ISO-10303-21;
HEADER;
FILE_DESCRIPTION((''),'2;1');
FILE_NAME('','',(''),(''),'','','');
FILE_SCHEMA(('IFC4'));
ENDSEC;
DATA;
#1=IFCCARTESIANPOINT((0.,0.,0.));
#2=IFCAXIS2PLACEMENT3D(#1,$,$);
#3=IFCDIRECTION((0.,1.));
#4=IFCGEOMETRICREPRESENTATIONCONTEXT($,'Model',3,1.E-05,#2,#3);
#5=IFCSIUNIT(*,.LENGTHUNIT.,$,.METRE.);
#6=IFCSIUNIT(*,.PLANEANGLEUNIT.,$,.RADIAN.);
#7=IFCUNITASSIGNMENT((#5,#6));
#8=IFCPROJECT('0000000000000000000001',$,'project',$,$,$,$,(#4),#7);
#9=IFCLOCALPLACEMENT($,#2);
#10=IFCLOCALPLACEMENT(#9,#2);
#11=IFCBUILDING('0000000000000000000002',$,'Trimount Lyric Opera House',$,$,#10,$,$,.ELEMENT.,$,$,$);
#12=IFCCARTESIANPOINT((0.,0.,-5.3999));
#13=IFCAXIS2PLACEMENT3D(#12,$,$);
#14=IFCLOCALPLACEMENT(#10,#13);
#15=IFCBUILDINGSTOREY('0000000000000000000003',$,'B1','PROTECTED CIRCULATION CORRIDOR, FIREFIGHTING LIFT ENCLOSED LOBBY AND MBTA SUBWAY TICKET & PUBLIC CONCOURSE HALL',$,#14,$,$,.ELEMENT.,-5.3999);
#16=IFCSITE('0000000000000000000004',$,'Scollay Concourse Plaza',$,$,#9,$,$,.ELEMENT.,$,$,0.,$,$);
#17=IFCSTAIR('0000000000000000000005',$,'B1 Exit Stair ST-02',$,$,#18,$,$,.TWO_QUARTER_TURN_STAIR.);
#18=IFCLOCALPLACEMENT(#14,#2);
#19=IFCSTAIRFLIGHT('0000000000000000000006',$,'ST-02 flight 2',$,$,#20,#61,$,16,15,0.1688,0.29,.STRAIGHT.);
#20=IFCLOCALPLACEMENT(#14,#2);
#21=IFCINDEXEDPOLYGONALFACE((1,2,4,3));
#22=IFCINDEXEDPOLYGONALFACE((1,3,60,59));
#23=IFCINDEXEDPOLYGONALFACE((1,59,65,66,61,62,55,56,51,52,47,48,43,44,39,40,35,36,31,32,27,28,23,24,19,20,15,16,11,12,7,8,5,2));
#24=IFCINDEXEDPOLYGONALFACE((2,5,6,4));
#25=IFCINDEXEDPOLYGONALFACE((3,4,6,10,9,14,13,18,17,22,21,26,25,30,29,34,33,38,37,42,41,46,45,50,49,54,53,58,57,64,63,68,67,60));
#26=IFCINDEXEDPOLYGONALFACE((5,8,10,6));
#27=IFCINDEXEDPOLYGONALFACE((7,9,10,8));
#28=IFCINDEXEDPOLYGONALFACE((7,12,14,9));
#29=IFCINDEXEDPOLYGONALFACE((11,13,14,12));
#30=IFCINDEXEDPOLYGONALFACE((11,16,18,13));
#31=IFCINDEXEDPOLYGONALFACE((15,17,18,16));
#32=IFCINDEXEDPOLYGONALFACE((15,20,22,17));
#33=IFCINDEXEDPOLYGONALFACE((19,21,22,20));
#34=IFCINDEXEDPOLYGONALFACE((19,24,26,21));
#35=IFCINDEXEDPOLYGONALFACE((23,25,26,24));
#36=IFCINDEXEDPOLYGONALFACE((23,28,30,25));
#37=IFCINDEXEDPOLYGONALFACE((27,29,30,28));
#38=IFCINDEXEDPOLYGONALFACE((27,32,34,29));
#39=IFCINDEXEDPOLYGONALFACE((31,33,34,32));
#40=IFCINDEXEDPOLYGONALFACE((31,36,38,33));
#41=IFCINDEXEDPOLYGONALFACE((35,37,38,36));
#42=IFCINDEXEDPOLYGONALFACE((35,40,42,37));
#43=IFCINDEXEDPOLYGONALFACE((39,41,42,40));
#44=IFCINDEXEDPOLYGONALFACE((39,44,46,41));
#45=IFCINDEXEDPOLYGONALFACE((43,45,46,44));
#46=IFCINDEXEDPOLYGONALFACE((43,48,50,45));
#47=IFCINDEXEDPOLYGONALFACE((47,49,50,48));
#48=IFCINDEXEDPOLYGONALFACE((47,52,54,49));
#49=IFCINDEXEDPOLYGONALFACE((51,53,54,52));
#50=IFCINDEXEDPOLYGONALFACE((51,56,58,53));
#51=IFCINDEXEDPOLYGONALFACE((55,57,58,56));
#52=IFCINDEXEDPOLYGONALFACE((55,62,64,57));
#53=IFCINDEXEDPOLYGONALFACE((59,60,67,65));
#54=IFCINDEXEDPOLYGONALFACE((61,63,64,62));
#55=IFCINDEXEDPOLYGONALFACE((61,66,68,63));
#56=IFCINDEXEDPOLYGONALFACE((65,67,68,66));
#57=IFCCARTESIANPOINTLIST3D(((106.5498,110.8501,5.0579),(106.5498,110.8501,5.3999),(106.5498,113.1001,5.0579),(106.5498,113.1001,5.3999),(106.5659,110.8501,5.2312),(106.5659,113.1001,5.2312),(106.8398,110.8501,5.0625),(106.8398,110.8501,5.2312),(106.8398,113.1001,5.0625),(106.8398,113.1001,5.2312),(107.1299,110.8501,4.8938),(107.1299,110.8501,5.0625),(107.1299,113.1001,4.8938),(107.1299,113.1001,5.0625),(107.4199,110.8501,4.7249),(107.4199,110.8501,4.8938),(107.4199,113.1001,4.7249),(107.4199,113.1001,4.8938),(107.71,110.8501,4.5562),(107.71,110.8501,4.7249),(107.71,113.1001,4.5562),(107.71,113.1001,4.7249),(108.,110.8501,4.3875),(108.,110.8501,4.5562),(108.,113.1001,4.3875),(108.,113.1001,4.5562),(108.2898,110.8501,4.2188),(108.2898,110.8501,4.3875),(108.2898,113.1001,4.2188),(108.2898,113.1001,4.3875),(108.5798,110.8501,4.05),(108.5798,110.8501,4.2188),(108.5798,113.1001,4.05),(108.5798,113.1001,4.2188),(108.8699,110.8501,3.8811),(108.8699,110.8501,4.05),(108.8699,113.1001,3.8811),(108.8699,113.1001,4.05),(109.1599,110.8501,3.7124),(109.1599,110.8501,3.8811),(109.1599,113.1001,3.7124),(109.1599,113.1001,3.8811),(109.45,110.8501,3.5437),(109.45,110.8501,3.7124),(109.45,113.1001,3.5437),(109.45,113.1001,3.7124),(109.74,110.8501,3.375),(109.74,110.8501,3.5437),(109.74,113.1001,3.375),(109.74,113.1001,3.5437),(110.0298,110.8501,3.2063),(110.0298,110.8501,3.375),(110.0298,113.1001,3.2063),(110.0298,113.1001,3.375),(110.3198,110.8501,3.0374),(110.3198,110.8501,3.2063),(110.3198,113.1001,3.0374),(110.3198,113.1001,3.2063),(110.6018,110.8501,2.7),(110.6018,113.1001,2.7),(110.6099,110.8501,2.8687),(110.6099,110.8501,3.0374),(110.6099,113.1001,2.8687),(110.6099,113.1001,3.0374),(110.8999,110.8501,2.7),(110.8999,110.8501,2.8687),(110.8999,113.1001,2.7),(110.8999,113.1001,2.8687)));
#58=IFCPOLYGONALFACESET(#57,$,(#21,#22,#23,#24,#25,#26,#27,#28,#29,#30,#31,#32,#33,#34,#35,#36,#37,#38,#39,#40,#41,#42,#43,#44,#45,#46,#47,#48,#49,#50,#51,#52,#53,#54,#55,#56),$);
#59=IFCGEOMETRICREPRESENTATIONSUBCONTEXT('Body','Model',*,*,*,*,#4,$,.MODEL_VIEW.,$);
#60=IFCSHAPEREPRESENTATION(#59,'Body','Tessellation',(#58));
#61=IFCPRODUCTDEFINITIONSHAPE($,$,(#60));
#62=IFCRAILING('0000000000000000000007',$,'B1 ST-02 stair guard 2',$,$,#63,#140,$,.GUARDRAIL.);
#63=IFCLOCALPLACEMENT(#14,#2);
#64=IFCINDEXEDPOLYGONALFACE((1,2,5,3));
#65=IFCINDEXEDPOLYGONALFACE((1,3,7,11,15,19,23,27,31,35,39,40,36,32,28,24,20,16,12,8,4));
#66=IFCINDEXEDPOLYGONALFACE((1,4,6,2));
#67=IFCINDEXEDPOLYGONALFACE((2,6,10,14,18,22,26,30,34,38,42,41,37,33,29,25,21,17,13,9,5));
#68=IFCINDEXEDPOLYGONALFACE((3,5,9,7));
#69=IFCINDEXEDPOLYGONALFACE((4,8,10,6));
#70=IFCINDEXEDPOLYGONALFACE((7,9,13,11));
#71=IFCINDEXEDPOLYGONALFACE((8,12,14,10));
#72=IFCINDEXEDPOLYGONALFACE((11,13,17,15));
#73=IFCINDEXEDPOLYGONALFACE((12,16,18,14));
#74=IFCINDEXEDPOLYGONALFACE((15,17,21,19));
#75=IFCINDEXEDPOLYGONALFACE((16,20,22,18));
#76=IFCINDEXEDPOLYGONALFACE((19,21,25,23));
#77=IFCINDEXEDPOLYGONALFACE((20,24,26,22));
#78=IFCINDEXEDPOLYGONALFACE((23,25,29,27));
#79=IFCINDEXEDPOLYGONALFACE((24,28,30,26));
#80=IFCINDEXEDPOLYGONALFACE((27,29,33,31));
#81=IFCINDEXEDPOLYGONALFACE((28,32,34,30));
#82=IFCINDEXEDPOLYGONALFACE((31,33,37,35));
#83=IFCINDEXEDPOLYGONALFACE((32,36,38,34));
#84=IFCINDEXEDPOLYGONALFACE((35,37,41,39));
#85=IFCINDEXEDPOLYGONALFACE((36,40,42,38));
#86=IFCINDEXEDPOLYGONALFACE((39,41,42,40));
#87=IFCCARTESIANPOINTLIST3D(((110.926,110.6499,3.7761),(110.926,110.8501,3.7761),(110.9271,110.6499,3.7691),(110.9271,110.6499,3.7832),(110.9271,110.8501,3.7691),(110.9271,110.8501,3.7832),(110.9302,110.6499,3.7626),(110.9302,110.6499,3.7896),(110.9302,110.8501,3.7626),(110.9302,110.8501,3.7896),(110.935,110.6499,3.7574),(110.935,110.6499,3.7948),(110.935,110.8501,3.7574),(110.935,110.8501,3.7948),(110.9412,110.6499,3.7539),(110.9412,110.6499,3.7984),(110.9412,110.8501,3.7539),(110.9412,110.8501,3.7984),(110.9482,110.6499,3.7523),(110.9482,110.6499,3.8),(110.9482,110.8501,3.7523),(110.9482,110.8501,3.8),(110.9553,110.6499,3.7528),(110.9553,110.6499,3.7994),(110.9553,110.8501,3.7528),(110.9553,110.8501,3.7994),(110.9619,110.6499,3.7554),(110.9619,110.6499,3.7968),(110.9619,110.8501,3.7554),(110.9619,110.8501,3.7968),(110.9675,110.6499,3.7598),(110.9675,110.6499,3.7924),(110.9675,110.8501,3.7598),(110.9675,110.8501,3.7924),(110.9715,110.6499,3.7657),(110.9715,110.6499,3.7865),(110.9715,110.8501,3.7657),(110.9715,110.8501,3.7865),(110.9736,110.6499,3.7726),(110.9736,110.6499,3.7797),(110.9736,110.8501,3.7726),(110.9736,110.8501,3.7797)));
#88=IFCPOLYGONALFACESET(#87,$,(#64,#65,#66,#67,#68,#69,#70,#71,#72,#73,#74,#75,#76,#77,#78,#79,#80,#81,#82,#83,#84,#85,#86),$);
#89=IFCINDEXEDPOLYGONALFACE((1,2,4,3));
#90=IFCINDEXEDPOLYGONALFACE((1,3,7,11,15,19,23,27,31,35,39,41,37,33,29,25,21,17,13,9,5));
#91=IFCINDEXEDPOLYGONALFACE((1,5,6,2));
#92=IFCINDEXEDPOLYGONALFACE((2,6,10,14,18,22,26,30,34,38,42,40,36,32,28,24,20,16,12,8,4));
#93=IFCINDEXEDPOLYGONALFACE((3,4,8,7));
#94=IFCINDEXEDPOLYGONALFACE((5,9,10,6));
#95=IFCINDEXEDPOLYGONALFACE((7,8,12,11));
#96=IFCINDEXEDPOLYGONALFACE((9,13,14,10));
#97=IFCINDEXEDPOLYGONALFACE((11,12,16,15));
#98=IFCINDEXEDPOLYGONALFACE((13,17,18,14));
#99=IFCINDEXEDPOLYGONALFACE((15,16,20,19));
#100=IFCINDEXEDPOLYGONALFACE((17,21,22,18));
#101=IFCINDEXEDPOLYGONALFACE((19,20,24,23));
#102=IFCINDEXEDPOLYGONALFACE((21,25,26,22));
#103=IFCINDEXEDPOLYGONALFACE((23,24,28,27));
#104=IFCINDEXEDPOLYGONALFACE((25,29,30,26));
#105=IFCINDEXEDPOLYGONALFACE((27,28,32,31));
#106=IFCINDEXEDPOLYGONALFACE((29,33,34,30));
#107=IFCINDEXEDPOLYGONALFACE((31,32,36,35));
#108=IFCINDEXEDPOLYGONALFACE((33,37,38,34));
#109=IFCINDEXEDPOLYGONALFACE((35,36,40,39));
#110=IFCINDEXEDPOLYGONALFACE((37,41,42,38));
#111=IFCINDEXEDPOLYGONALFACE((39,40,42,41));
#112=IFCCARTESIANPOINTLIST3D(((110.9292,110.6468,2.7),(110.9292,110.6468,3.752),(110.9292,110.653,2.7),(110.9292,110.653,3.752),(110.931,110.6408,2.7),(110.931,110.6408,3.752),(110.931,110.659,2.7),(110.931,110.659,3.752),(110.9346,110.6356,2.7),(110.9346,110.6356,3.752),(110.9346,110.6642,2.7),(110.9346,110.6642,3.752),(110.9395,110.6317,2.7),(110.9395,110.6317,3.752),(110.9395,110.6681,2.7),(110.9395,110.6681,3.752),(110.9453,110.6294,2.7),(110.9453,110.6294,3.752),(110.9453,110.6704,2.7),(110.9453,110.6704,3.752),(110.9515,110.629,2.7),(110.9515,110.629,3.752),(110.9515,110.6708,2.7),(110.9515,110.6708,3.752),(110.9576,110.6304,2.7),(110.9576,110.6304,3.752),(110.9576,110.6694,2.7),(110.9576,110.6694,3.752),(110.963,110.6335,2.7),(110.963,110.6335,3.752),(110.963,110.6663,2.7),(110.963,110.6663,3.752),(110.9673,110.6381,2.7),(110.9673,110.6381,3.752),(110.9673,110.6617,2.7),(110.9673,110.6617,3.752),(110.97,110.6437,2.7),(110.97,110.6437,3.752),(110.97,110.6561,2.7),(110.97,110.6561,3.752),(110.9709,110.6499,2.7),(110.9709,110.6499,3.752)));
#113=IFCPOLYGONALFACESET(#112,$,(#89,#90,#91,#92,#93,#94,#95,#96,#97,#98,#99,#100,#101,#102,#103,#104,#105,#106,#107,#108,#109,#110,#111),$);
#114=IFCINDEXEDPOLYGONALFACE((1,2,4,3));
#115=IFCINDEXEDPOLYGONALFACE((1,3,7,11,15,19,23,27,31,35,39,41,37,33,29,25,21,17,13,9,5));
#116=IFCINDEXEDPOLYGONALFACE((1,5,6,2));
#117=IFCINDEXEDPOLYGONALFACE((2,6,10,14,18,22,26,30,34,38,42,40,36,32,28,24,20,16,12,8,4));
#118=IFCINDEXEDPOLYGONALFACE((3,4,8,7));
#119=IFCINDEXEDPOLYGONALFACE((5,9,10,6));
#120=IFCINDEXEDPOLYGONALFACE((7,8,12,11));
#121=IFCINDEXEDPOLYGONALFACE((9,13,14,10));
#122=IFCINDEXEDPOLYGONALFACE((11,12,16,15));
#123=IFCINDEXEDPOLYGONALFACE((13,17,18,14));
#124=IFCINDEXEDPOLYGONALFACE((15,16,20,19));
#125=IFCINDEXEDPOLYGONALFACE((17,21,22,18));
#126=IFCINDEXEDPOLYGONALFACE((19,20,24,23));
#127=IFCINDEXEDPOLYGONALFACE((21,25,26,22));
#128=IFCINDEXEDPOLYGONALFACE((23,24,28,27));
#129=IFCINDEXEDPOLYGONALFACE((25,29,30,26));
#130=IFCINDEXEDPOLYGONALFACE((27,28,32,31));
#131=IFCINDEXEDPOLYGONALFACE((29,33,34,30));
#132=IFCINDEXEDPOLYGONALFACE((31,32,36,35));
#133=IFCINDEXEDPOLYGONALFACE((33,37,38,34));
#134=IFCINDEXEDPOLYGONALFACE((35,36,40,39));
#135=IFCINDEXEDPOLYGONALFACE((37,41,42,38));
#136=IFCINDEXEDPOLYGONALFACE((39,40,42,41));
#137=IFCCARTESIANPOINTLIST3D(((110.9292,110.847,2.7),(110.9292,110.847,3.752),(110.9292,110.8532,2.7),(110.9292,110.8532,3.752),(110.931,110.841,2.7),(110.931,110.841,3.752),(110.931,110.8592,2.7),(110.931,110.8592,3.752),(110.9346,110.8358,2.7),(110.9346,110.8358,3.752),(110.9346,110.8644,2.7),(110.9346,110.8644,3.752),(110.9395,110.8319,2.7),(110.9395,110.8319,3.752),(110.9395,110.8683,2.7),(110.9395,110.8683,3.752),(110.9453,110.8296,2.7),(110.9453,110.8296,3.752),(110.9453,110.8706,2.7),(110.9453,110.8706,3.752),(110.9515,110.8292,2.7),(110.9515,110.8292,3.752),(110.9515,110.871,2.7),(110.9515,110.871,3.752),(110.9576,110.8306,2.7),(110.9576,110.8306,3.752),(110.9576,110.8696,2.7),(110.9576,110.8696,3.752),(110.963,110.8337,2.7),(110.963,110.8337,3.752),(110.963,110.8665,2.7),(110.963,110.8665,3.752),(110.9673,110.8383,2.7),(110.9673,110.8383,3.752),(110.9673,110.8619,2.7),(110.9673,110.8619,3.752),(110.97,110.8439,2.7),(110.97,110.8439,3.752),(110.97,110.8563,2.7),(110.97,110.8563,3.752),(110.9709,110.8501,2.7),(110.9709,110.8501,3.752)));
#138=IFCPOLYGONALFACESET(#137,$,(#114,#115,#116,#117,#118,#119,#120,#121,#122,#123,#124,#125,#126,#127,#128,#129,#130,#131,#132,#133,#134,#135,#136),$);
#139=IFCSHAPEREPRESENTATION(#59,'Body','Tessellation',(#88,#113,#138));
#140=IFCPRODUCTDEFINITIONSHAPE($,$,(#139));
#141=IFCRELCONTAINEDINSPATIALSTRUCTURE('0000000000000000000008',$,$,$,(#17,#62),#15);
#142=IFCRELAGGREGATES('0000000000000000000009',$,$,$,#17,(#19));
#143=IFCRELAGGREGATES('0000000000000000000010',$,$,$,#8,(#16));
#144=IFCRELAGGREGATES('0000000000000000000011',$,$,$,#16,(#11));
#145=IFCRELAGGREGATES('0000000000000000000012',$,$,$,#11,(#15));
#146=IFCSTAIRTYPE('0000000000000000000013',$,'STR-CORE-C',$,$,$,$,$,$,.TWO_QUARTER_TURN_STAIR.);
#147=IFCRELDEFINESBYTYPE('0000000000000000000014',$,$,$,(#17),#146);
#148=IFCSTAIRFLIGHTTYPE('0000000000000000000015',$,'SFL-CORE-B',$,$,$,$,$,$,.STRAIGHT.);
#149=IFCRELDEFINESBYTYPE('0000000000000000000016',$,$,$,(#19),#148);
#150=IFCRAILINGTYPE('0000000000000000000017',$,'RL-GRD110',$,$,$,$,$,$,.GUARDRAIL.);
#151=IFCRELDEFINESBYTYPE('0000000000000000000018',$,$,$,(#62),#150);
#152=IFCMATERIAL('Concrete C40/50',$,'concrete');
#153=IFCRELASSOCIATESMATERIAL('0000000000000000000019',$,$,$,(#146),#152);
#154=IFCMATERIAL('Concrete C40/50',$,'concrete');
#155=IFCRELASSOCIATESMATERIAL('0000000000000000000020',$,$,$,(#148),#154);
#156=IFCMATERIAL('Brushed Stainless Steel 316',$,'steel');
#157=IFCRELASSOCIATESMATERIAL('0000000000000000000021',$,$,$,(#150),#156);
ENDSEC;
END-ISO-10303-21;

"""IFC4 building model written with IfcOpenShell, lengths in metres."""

from ifc_helpers import new_model, si_unit, direction, frame, origin, origin_2d, place, context, subcontext, project, spatial, polyline, circle, outline, extrude, material, type_object, element, aggregate, save


model = new_model("IFC4")

# Units and contexts
model_context = context("Model", 3, precision=1e-05, world=origin(), true_north=direction((0.0, 1.0)))
body_context = subcontext(model_context, "Body", "Model", "MODEL_VIEW")
ifc_project = project(units=[si_unit("LENGTHUNIT", "METRE"), si_unit("PLANEANGLEUNIT", "RADIAN")], contexts=[model_context])

# Site, building, storey
site_placement = place(None, origin())
site = spatial("IfcSite", under=ifc_project, at=site_placement, Name="Scollay Concourse Plaza", CompositionType="ELEMENT", RefElevation=0.0)
building_placement = place(site_placement, origin())
building = spatial("IfcBuilding", under=site, at=building_placement, Name="Trimount Lyric Opera House", CompositionType="ELEMENT")
storey_placement = place(building_placement, frame((0.0, 0.0, -5.3999)))
storey = spatial("IfcBuildingStorey", under=building, at=storey_placement, Name="B1", Description="PROTECTED CIRCULATION CORRIDOR, FIREFIGHTING LIFT ENCLOSED LOBBY AND MBTA SUBWAY TICKET & PUBLIC CONCOURSE HALL", CompositionType="ELEMENT", Elevation=-5.3999)

# Stair, stair flight
ifc_material_1 = material(Name="Concrete C40/50", Category="concrete")
stair_type = type_object("IfcStairType", Name="STR-CORE-C", PredefinedType="TWO_QUARTER_TURN_STAIR", material=ifc_material_1)
stair_placement = place(storey_placement, origin())
stair = element("IfcStair", 1, at=stair_placement, inside=storey, type_object=stair_type, Name="B1 Exit Stair ST-02", PredefinedType="TWO_QUARTER_TURN_STAIR")
ifc_material_2 = material(Name="Concrete C40/50", Category="concrete")
stair_flight_type = type_object("IfcStairFlightType", Name="SFL-CORE-B", PredefinedType="STRAIGHT", material=ifc_material_2)
stair_flight_placement = place(storey_placement, frame((110.8999, 111.9751, 2.7), z_axis=(0.0, 0.0, 1.0), x_axis=(-1.0, 0.0, 0.0)))
stair_flight = element("IfcStairFlight", 2, at=stair_flight_placement, type_object=stair_flight_type, Name="ST-02 flight 2", NumberOfRisers=16, NumberOfTreads=15, PredefinedType="STRAIGHT", RiserHeight=0.1688, TreadLength=0.29, context=body_context, shape_type="SweptSolid", body=[
    extrude(outline(polyline([(0.0, 0.0), (0.0, 0.1687), (0.29, 0.1687), (0.29, 0.3374), (0.5801, 0.3374), (0.5801, 0.5063), (0.8701, 0.5063), (0.8701, 0.675), (1.1599, 0.675), (1.1599, 0.8438), (1.45, 0.8438), (1.45, 1.0125), (1.74, 1.0125), (1.74, 1.1812), (2.03, 1.1812), (2.03, 1.3501), (2.3201, 1.3501), (2.3201, 1.5188), (2.6101, 1.5188), (2.6101, 1.6875), (2.8999, 1.6875), (2.8999, 1.8562), (3.1899, 1.8562), (3.1899, 2.0249), (3.48, 2.0249), (3.48, 2.1938), (3.77, 2.1938), (3.77, 2.3625), (4.0601, 2.3625), (4.0601, 2.5312), (4.334, 2.5312), (4.3501, 2.7), (4.3501, 2.3579), (0.2981, 0.0), (0.0, 0.0)])), frame((0.0, 1.125, 0.0), z_axis=(0.0, -1.0, 0.0), x_axis=(1.0, 0.0, 0.0)), (0.0, 0.0, 1.0), 2.25),
])
aggregate(stair, [stair_flight])

# Railing
ifc_material_3 = material(Name="Brushed Stainless Steel 316", Category="steel")
railing_type_1 = type_object("IfcRailingType", Name="RL-GRD110", PredefinedType="GUARDRAIL", material=ifc_material_3)
railing_1_placement = place(storey_placement, frame((110.95, 110.6499, 2.7)))
element("IfcRailing", 3, at=railing_1_placement, inside=storey, type_object=railing_type_1, Name="B1 ST-02 stair guard 2", PredefinedType="GUARDRAIL", context=body_context, shape_type="SweptSolid", body=[
    extrude(circle(Radius=0.0239, at=origin_2d()), frame((0.0, 0.0, 1.0762), z_axis=(0.0, 1.0, 0.0), x_axis=(-1.0, 0.0, 0.0)), (0.0, 0.0, 1.0), 0.2002),
    extrude(circle(Radius=0.021, at=origin_2d()), origin(), (0.0, 0.0, 1.0), 1.052),
    extrude(circle(Radius=0.021, at=origin_2d()), frame((0.0, 0.2002, 0.0)), (0.0, 0.0, 1.0), 1.052),
])

save(model, "model.ifc")
